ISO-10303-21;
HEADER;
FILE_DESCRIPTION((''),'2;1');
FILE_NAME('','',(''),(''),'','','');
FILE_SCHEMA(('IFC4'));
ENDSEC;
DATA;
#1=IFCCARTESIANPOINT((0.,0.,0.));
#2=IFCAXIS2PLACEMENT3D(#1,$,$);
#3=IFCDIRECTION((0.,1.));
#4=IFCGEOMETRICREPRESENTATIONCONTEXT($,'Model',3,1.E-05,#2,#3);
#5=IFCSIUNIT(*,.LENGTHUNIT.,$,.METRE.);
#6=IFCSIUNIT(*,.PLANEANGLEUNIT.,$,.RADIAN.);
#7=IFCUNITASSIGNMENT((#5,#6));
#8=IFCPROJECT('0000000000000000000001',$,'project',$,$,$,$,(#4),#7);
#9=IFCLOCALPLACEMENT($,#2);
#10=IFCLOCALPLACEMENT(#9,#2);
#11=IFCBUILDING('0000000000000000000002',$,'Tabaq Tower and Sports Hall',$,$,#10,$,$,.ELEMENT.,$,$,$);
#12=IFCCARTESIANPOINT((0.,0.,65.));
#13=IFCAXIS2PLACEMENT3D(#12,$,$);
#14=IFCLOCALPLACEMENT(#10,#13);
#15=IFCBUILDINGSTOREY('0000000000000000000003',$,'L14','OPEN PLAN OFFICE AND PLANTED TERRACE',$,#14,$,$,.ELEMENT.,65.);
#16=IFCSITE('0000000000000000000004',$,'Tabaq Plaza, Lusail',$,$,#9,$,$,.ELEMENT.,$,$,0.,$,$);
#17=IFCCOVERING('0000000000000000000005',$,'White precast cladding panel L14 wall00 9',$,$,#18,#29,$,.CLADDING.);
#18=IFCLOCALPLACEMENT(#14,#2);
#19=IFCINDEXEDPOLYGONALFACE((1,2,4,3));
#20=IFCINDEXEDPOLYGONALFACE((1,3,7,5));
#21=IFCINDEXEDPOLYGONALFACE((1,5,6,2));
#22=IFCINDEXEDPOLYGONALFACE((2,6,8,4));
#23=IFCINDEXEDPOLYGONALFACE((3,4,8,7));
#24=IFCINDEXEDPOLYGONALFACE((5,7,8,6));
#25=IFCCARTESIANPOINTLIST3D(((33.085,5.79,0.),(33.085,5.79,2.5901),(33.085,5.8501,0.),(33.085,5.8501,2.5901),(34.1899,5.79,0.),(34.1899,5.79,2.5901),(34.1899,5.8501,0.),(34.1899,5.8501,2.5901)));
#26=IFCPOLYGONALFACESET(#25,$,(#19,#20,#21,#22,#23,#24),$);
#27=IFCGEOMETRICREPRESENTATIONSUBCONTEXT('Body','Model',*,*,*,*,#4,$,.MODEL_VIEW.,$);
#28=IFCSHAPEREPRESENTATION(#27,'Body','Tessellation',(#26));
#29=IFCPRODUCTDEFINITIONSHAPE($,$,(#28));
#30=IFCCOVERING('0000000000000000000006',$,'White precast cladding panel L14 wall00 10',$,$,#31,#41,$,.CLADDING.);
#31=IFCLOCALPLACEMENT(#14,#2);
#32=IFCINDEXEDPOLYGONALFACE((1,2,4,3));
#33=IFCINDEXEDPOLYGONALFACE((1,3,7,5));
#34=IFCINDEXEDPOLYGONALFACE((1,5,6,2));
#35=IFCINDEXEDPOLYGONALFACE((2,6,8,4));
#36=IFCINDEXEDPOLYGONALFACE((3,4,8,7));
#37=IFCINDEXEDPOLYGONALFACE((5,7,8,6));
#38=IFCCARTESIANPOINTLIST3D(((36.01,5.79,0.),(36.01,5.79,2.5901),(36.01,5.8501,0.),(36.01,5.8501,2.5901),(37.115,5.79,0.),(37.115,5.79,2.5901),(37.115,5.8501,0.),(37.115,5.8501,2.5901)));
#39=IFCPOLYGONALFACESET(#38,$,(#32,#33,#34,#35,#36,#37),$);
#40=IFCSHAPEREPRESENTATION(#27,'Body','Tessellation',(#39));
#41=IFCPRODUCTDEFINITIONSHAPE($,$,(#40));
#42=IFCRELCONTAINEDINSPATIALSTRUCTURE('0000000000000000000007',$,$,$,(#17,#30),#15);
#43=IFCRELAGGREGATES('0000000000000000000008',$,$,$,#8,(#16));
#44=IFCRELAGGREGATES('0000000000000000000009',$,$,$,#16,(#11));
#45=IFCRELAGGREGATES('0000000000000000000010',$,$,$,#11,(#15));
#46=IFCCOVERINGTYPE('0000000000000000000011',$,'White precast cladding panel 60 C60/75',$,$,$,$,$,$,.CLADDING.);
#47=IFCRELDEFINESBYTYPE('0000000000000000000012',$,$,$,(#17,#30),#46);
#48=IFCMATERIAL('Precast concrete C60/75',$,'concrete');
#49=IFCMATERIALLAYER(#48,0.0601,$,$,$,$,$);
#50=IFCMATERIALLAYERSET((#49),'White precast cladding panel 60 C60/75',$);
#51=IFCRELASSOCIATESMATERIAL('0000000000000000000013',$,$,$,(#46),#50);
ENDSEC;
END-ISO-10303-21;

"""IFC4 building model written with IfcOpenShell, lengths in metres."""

from ifc_helpers import new_model, si_unit, direction, frame, frame_2d, origin, place, context, subcontext, project, spatial, rectangle, extrude, material, layer, layer_set, type_object, element, save


model = new_model("IFC4")

# Units and contexts
model_context = context("Model", 3, precision=1e-05, world=origin(), true_north=direction((0.0, 1.0)))
body_context = subcontext(model_context, "Body", "Model", "MODEL_VIEW")
ifc_project = project(units=[si_unit("LENGTHUNIT", "METRE"), si_unit("PLANEANGLEUNIT", "RADIAN")], contexts=[model_context])

# Site, building, storey
site_placement = place(None, origin())
site = spatial("IfcSite", under=ifc_project, at=site_placement, Name="Tabaq Plaza, Lusail", CompositionType="ELEMENT", RefElevation=0.0)
building_placement = place(site_placement, origin())
building = spatial("IfcBuilding", under=site, at=building_placement, Name="Tabaq Tower and Sports Hall", CompositionType="ELEMENT")
storey_placement = place(building_placement, frame((0.0, 0.0, 65.0)))
storey = spatial("IfcBuildingStorey", under=building, at=storey_placement, Name="L14", Description="OPEN PLAN OFFICE AND PLANTED TERRACE", CompositionType="ELEMENT", Elevation=65.0)

# Coverings
ifc_material_1 = material(Name="Precast concrete C60/75", Category="concrete")
ifc_layer_1 = layer(ifc_material_1, 0.0601)
ifc_layer_set_1 = layer_set([ifc_layer_1], Name="White precast cladding panel 60 C60/75")
covering_type = type_object("IfcCoveringType", Name="White precast cladding panel 60 C60/75", PredefinedType="CLADDING", material=ifc_layer_set_1)
for number, where, z_axis, x_axis, name in (
    (1, (33.085, 5.8201, 0.0), (0.0, 0.0, 1.0), (1.0, 0.0, 0.0), "White precast cladding panel L14 wall00 9"),
    (2, (36.01, 5.8201, 0.0), (0.0, 0.0, 1.0), (1.0, 0.0, 0.0), "White precast cladding panel L14 wall00 10"),
):
    element("IfcCovering", number, at=place(storey_placement, frame(where, z_axis=z_axis, x_axis=x_axis)), inside=storey, type_object=covering_type, Name=name, PredefinedType="CLADDING", context=body_context, shape_type="SweptSolid", body=[
        extrude(rectangle(XDim=1.105, YDim=0.0601, at=frame_2d((0.5525, 0.0))), origin(), (0.0, 0.0, 1.0), 2.5901),
    ])

save(model, "model.ifc")
